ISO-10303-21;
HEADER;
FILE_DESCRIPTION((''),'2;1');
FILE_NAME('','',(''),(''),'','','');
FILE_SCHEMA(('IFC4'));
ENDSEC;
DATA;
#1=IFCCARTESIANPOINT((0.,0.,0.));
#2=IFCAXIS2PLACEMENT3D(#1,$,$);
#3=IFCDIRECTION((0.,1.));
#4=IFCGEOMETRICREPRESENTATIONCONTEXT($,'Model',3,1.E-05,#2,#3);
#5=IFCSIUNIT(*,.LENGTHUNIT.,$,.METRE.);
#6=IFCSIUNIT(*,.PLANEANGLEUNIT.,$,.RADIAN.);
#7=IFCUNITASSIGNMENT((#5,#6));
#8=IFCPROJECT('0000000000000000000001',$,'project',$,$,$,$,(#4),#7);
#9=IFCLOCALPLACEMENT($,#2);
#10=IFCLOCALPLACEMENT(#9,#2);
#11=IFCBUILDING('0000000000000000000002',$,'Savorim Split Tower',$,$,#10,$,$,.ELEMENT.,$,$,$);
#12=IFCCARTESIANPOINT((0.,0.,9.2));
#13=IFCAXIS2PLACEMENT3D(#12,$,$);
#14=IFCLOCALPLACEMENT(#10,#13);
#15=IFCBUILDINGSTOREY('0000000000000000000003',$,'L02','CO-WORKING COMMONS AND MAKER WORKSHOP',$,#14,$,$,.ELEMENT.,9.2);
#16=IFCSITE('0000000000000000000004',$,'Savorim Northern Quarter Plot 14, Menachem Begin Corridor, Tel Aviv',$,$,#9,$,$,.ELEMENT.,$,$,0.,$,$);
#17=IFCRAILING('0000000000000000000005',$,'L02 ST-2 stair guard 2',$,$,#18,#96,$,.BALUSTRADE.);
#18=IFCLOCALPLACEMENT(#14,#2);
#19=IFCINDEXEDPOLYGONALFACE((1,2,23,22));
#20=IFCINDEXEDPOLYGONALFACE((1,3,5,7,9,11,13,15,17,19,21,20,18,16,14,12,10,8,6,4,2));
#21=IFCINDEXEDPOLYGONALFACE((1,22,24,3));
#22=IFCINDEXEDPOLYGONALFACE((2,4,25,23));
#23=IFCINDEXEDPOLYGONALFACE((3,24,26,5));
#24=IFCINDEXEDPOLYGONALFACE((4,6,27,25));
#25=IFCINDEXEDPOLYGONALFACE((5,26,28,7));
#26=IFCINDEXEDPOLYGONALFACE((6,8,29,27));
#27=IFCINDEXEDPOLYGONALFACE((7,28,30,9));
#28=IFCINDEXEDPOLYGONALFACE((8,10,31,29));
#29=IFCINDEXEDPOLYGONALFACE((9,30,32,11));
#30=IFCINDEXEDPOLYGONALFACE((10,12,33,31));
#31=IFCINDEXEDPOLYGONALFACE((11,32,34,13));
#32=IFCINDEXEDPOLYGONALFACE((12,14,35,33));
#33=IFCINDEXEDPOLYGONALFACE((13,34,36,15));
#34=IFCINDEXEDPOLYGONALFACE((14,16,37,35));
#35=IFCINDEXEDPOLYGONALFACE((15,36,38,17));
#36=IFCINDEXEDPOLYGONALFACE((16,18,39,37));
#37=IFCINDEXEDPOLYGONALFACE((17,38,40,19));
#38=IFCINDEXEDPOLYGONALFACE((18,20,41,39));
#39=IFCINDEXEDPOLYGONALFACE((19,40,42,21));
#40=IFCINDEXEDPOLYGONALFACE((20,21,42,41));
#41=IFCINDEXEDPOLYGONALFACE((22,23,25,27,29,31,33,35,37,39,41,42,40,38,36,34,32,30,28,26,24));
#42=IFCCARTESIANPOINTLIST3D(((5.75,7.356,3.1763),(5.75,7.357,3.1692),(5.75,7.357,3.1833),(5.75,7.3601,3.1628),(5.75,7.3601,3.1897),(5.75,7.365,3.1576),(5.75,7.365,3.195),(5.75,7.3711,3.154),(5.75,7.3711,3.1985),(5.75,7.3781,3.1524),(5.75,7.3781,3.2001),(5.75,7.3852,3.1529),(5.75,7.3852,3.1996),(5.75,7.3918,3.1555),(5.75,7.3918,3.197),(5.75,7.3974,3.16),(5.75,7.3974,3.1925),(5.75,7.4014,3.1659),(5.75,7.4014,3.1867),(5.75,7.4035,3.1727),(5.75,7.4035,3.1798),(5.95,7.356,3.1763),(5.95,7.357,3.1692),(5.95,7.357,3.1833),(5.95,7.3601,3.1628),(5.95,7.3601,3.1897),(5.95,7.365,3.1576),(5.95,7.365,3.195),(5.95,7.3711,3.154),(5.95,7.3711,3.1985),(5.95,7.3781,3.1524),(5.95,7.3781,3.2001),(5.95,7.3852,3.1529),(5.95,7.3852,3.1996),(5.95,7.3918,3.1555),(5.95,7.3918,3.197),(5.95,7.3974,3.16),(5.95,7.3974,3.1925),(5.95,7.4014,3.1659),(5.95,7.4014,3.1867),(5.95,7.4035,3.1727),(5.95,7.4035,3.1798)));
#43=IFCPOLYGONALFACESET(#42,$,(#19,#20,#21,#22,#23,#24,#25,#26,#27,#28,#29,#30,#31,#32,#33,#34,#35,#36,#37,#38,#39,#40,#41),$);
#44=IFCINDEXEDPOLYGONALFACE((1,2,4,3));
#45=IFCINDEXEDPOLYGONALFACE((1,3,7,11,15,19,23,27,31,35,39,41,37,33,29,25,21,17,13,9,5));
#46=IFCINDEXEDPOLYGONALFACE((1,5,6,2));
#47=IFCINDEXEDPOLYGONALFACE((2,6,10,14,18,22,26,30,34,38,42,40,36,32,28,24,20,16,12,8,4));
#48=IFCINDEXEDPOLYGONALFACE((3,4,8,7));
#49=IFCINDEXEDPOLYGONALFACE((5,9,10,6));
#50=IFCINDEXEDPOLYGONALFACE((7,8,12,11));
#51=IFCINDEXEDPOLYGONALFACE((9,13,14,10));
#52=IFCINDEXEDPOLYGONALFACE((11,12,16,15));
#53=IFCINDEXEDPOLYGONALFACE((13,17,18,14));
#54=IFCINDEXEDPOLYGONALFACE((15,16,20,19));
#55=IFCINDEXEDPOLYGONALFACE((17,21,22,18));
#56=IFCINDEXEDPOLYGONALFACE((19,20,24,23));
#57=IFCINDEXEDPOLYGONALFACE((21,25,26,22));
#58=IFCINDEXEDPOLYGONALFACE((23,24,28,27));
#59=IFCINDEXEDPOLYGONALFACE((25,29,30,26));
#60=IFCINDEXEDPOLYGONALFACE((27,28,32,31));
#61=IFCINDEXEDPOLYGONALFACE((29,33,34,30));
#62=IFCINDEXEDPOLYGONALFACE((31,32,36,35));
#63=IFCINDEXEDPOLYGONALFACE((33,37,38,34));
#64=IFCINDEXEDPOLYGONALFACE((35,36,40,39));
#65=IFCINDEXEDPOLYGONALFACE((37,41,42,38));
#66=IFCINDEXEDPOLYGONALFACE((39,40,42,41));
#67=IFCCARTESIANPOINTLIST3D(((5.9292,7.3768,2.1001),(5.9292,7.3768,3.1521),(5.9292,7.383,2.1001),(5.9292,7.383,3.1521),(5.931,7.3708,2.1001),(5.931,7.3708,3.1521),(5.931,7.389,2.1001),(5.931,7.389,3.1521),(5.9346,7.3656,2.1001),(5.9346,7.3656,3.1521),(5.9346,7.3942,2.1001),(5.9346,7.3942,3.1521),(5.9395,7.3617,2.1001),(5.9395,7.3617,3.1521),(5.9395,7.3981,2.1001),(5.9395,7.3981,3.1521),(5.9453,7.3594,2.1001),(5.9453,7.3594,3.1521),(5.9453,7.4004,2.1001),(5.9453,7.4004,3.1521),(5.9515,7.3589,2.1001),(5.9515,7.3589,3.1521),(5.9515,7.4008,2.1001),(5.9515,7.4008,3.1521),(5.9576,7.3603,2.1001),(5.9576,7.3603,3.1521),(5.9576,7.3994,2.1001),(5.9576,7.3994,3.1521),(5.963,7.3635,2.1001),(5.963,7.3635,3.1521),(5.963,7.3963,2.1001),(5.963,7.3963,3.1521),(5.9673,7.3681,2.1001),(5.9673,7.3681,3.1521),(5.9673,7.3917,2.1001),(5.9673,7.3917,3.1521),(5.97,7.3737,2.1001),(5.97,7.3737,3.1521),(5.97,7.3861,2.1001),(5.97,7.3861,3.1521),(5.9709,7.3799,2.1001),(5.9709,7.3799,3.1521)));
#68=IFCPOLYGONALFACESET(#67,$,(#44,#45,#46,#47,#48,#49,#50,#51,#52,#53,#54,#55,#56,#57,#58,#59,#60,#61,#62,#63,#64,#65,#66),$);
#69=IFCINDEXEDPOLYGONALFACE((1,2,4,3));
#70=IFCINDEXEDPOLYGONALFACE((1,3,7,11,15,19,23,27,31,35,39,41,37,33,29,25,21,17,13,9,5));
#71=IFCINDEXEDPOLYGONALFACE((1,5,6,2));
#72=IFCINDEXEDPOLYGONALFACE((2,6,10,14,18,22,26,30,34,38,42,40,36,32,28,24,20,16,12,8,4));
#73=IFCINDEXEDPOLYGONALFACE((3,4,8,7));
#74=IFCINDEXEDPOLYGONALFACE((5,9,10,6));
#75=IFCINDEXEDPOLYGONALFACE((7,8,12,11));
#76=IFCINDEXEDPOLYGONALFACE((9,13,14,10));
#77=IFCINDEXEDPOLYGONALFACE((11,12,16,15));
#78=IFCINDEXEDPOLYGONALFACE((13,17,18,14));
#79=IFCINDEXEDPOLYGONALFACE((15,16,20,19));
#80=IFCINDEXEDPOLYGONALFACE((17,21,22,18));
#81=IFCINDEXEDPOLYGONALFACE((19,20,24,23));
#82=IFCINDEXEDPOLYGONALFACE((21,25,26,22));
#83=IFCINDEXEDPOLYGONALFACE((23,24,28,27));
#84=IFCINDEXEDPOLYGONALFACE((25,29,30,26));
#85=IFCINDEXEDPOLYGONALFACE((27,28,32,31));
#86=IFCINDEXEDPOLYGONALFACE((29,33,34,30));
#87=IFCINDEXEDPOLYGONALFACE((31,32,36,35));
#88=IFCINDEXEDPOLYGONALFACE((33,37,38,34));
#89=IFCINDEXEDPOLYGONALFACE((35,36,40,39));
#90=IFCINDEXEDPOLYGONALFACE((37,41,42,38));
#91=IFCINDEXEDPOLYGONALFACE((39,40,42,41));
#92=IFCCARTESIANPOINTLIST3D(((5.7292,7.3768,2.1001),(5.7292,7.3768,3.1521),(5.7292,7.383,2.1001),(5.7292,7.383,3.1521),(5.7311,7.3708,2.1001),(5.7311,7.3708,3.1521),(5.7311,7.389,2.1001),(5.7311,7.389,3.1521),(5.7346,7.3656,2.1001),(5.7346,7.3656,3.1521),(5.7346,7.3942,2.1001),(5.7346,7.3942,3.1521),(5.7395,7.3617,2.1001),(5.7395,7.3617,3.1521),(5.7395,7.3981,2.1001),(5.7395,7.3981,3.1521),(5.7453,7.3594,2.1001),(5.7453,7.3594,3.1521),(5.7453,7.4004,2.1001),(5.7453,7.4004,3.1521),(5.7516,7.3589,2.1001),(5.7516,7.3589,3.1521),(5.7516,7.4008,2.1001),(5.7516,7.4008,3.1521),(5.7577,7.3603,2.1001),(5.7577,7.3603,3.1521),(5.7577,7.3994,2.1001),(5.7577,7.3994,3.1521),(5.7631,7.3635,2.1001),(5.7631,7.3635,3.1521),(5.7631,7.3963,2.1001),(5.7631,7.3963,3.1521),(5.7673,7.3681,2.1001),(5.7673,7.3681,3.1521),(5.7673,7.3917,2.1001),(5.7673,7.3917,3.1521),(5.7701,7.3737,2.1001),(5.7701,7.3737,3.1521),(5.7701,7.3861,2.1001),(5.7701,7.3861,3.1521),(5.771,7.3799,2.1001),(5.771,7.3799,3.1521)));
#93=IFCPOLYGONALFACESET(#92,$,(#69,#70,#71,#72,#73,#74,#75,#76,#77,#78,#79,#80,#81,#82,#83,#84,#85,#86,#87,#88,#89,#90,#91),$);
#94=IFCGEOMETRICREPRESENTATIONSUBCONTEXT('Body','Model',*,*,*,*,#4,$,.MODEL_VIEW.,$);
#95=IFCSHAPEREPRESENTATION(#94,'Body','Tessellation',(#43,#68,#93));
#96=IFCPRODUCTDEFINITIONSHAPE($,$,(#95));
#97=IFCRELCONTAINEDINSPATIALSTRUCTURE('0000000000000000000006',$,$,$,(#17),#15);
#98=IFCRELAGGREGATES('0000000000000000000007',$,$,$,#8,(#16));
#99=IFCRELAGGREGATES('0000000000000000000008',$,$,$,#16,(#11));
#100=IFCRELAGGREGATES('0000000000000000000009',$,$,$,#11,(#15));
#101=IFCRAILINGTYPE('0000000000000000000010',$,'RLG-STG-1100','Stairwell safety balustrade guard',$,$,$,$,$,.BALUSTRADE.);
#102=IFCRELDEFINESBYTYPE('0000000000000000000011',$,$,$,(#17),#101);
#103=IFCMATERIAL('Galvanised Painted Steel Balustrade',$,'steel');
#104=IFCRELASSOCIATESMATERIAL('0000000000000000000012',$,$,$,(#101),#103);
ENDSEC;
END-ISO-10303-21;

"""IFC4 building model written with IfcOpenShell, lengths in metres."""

from ifc_helpers import new_model, si_unit, direction, frame, origin, origin_2d, place, context, subcontext, project, spatial, circle, extrude, material, type_object, element, save


model = new_model("IFC4")

# Units and contexts
model_context = context("Model", 3, precision=1e-05, world=origin(), true_north=direction((0.0, 1.0)))
body_context = subcontext(model_context, "Body", "Model", "MODEL_VIEW")
ifc_project = project(units=[si_unit("LENGTHUNIT", "METRE"), si_unit("PLANEANGLEUNIT", "RADIAN")], contexts=[model_context])

# Site, building, storey
site_placement = place(None, origin())
site = spatial("IfcSite", under=ifc_project, at=site_placement, Name="Savorim Northern Quarter Plot 14, Menachem Begin Corridor, Tel Aviv", CompositionType="ELEMENT", RefElevation=0.0)
building_placement = place(site_placement, origin())
building = spatial("IfcBuilding", under=site, at=building_placement, Name="Savorim Split Tower", CompositionType="ELEMENT")
storey_placement = place(building_placement, frame((0.0, 0.0, 9.2)))
storey = spatial("IfcBuildingStorey", under=building, at=storey_placement, Name="L02", Description="CO-WORKING COMMONS AND MAKER WORKSHOP", CompositionType="ELEMENT", Elevation=9.2)

# Railing
ifc_material_1 = material(Name="Galvanised Painted Steel Balustrade", Category="steel")
railing_type_1 = type_object("IfcRailingType", Name="RLG-STG-1100", Description="Stairwell safety balustrade guard", PredefinedType="BALUSTRADE", material=ifc_material_1)
railing_1_placement = place(storey_placement, frame((5.95, 7.3799, 2.1001)))
element("IfcRailing", 1, at=railing_1_placement, inside=storey, type_object=railing_type_1, Name="L02 ST-2 stair guard 2", PredefinedType="BALUSTRADE", context=body_context, shape_type="SweptSolid", body=[
    extrude(circle(Radius=0.0239, at=origin_2d()), frame((0.0, 0.0, 1.0762), z_axis=(-1.0, 0.0, 0.0), x_axis=(0.0, -1.0, 0.0)), (0.0, 0.0, 1.0), 0.2),
    extrude(circle(Radius=0.021, at=origin_2d()), origin(), (0.0, 0.0, 1.0), 1.052),
    extrude(circle(Radius=0.021, at=origin_2d()), frame((-0.2, 0.0, 0.0)), (0.0, 0.0, 1.0), 1.052),
])

save(model, "model.ifc")
